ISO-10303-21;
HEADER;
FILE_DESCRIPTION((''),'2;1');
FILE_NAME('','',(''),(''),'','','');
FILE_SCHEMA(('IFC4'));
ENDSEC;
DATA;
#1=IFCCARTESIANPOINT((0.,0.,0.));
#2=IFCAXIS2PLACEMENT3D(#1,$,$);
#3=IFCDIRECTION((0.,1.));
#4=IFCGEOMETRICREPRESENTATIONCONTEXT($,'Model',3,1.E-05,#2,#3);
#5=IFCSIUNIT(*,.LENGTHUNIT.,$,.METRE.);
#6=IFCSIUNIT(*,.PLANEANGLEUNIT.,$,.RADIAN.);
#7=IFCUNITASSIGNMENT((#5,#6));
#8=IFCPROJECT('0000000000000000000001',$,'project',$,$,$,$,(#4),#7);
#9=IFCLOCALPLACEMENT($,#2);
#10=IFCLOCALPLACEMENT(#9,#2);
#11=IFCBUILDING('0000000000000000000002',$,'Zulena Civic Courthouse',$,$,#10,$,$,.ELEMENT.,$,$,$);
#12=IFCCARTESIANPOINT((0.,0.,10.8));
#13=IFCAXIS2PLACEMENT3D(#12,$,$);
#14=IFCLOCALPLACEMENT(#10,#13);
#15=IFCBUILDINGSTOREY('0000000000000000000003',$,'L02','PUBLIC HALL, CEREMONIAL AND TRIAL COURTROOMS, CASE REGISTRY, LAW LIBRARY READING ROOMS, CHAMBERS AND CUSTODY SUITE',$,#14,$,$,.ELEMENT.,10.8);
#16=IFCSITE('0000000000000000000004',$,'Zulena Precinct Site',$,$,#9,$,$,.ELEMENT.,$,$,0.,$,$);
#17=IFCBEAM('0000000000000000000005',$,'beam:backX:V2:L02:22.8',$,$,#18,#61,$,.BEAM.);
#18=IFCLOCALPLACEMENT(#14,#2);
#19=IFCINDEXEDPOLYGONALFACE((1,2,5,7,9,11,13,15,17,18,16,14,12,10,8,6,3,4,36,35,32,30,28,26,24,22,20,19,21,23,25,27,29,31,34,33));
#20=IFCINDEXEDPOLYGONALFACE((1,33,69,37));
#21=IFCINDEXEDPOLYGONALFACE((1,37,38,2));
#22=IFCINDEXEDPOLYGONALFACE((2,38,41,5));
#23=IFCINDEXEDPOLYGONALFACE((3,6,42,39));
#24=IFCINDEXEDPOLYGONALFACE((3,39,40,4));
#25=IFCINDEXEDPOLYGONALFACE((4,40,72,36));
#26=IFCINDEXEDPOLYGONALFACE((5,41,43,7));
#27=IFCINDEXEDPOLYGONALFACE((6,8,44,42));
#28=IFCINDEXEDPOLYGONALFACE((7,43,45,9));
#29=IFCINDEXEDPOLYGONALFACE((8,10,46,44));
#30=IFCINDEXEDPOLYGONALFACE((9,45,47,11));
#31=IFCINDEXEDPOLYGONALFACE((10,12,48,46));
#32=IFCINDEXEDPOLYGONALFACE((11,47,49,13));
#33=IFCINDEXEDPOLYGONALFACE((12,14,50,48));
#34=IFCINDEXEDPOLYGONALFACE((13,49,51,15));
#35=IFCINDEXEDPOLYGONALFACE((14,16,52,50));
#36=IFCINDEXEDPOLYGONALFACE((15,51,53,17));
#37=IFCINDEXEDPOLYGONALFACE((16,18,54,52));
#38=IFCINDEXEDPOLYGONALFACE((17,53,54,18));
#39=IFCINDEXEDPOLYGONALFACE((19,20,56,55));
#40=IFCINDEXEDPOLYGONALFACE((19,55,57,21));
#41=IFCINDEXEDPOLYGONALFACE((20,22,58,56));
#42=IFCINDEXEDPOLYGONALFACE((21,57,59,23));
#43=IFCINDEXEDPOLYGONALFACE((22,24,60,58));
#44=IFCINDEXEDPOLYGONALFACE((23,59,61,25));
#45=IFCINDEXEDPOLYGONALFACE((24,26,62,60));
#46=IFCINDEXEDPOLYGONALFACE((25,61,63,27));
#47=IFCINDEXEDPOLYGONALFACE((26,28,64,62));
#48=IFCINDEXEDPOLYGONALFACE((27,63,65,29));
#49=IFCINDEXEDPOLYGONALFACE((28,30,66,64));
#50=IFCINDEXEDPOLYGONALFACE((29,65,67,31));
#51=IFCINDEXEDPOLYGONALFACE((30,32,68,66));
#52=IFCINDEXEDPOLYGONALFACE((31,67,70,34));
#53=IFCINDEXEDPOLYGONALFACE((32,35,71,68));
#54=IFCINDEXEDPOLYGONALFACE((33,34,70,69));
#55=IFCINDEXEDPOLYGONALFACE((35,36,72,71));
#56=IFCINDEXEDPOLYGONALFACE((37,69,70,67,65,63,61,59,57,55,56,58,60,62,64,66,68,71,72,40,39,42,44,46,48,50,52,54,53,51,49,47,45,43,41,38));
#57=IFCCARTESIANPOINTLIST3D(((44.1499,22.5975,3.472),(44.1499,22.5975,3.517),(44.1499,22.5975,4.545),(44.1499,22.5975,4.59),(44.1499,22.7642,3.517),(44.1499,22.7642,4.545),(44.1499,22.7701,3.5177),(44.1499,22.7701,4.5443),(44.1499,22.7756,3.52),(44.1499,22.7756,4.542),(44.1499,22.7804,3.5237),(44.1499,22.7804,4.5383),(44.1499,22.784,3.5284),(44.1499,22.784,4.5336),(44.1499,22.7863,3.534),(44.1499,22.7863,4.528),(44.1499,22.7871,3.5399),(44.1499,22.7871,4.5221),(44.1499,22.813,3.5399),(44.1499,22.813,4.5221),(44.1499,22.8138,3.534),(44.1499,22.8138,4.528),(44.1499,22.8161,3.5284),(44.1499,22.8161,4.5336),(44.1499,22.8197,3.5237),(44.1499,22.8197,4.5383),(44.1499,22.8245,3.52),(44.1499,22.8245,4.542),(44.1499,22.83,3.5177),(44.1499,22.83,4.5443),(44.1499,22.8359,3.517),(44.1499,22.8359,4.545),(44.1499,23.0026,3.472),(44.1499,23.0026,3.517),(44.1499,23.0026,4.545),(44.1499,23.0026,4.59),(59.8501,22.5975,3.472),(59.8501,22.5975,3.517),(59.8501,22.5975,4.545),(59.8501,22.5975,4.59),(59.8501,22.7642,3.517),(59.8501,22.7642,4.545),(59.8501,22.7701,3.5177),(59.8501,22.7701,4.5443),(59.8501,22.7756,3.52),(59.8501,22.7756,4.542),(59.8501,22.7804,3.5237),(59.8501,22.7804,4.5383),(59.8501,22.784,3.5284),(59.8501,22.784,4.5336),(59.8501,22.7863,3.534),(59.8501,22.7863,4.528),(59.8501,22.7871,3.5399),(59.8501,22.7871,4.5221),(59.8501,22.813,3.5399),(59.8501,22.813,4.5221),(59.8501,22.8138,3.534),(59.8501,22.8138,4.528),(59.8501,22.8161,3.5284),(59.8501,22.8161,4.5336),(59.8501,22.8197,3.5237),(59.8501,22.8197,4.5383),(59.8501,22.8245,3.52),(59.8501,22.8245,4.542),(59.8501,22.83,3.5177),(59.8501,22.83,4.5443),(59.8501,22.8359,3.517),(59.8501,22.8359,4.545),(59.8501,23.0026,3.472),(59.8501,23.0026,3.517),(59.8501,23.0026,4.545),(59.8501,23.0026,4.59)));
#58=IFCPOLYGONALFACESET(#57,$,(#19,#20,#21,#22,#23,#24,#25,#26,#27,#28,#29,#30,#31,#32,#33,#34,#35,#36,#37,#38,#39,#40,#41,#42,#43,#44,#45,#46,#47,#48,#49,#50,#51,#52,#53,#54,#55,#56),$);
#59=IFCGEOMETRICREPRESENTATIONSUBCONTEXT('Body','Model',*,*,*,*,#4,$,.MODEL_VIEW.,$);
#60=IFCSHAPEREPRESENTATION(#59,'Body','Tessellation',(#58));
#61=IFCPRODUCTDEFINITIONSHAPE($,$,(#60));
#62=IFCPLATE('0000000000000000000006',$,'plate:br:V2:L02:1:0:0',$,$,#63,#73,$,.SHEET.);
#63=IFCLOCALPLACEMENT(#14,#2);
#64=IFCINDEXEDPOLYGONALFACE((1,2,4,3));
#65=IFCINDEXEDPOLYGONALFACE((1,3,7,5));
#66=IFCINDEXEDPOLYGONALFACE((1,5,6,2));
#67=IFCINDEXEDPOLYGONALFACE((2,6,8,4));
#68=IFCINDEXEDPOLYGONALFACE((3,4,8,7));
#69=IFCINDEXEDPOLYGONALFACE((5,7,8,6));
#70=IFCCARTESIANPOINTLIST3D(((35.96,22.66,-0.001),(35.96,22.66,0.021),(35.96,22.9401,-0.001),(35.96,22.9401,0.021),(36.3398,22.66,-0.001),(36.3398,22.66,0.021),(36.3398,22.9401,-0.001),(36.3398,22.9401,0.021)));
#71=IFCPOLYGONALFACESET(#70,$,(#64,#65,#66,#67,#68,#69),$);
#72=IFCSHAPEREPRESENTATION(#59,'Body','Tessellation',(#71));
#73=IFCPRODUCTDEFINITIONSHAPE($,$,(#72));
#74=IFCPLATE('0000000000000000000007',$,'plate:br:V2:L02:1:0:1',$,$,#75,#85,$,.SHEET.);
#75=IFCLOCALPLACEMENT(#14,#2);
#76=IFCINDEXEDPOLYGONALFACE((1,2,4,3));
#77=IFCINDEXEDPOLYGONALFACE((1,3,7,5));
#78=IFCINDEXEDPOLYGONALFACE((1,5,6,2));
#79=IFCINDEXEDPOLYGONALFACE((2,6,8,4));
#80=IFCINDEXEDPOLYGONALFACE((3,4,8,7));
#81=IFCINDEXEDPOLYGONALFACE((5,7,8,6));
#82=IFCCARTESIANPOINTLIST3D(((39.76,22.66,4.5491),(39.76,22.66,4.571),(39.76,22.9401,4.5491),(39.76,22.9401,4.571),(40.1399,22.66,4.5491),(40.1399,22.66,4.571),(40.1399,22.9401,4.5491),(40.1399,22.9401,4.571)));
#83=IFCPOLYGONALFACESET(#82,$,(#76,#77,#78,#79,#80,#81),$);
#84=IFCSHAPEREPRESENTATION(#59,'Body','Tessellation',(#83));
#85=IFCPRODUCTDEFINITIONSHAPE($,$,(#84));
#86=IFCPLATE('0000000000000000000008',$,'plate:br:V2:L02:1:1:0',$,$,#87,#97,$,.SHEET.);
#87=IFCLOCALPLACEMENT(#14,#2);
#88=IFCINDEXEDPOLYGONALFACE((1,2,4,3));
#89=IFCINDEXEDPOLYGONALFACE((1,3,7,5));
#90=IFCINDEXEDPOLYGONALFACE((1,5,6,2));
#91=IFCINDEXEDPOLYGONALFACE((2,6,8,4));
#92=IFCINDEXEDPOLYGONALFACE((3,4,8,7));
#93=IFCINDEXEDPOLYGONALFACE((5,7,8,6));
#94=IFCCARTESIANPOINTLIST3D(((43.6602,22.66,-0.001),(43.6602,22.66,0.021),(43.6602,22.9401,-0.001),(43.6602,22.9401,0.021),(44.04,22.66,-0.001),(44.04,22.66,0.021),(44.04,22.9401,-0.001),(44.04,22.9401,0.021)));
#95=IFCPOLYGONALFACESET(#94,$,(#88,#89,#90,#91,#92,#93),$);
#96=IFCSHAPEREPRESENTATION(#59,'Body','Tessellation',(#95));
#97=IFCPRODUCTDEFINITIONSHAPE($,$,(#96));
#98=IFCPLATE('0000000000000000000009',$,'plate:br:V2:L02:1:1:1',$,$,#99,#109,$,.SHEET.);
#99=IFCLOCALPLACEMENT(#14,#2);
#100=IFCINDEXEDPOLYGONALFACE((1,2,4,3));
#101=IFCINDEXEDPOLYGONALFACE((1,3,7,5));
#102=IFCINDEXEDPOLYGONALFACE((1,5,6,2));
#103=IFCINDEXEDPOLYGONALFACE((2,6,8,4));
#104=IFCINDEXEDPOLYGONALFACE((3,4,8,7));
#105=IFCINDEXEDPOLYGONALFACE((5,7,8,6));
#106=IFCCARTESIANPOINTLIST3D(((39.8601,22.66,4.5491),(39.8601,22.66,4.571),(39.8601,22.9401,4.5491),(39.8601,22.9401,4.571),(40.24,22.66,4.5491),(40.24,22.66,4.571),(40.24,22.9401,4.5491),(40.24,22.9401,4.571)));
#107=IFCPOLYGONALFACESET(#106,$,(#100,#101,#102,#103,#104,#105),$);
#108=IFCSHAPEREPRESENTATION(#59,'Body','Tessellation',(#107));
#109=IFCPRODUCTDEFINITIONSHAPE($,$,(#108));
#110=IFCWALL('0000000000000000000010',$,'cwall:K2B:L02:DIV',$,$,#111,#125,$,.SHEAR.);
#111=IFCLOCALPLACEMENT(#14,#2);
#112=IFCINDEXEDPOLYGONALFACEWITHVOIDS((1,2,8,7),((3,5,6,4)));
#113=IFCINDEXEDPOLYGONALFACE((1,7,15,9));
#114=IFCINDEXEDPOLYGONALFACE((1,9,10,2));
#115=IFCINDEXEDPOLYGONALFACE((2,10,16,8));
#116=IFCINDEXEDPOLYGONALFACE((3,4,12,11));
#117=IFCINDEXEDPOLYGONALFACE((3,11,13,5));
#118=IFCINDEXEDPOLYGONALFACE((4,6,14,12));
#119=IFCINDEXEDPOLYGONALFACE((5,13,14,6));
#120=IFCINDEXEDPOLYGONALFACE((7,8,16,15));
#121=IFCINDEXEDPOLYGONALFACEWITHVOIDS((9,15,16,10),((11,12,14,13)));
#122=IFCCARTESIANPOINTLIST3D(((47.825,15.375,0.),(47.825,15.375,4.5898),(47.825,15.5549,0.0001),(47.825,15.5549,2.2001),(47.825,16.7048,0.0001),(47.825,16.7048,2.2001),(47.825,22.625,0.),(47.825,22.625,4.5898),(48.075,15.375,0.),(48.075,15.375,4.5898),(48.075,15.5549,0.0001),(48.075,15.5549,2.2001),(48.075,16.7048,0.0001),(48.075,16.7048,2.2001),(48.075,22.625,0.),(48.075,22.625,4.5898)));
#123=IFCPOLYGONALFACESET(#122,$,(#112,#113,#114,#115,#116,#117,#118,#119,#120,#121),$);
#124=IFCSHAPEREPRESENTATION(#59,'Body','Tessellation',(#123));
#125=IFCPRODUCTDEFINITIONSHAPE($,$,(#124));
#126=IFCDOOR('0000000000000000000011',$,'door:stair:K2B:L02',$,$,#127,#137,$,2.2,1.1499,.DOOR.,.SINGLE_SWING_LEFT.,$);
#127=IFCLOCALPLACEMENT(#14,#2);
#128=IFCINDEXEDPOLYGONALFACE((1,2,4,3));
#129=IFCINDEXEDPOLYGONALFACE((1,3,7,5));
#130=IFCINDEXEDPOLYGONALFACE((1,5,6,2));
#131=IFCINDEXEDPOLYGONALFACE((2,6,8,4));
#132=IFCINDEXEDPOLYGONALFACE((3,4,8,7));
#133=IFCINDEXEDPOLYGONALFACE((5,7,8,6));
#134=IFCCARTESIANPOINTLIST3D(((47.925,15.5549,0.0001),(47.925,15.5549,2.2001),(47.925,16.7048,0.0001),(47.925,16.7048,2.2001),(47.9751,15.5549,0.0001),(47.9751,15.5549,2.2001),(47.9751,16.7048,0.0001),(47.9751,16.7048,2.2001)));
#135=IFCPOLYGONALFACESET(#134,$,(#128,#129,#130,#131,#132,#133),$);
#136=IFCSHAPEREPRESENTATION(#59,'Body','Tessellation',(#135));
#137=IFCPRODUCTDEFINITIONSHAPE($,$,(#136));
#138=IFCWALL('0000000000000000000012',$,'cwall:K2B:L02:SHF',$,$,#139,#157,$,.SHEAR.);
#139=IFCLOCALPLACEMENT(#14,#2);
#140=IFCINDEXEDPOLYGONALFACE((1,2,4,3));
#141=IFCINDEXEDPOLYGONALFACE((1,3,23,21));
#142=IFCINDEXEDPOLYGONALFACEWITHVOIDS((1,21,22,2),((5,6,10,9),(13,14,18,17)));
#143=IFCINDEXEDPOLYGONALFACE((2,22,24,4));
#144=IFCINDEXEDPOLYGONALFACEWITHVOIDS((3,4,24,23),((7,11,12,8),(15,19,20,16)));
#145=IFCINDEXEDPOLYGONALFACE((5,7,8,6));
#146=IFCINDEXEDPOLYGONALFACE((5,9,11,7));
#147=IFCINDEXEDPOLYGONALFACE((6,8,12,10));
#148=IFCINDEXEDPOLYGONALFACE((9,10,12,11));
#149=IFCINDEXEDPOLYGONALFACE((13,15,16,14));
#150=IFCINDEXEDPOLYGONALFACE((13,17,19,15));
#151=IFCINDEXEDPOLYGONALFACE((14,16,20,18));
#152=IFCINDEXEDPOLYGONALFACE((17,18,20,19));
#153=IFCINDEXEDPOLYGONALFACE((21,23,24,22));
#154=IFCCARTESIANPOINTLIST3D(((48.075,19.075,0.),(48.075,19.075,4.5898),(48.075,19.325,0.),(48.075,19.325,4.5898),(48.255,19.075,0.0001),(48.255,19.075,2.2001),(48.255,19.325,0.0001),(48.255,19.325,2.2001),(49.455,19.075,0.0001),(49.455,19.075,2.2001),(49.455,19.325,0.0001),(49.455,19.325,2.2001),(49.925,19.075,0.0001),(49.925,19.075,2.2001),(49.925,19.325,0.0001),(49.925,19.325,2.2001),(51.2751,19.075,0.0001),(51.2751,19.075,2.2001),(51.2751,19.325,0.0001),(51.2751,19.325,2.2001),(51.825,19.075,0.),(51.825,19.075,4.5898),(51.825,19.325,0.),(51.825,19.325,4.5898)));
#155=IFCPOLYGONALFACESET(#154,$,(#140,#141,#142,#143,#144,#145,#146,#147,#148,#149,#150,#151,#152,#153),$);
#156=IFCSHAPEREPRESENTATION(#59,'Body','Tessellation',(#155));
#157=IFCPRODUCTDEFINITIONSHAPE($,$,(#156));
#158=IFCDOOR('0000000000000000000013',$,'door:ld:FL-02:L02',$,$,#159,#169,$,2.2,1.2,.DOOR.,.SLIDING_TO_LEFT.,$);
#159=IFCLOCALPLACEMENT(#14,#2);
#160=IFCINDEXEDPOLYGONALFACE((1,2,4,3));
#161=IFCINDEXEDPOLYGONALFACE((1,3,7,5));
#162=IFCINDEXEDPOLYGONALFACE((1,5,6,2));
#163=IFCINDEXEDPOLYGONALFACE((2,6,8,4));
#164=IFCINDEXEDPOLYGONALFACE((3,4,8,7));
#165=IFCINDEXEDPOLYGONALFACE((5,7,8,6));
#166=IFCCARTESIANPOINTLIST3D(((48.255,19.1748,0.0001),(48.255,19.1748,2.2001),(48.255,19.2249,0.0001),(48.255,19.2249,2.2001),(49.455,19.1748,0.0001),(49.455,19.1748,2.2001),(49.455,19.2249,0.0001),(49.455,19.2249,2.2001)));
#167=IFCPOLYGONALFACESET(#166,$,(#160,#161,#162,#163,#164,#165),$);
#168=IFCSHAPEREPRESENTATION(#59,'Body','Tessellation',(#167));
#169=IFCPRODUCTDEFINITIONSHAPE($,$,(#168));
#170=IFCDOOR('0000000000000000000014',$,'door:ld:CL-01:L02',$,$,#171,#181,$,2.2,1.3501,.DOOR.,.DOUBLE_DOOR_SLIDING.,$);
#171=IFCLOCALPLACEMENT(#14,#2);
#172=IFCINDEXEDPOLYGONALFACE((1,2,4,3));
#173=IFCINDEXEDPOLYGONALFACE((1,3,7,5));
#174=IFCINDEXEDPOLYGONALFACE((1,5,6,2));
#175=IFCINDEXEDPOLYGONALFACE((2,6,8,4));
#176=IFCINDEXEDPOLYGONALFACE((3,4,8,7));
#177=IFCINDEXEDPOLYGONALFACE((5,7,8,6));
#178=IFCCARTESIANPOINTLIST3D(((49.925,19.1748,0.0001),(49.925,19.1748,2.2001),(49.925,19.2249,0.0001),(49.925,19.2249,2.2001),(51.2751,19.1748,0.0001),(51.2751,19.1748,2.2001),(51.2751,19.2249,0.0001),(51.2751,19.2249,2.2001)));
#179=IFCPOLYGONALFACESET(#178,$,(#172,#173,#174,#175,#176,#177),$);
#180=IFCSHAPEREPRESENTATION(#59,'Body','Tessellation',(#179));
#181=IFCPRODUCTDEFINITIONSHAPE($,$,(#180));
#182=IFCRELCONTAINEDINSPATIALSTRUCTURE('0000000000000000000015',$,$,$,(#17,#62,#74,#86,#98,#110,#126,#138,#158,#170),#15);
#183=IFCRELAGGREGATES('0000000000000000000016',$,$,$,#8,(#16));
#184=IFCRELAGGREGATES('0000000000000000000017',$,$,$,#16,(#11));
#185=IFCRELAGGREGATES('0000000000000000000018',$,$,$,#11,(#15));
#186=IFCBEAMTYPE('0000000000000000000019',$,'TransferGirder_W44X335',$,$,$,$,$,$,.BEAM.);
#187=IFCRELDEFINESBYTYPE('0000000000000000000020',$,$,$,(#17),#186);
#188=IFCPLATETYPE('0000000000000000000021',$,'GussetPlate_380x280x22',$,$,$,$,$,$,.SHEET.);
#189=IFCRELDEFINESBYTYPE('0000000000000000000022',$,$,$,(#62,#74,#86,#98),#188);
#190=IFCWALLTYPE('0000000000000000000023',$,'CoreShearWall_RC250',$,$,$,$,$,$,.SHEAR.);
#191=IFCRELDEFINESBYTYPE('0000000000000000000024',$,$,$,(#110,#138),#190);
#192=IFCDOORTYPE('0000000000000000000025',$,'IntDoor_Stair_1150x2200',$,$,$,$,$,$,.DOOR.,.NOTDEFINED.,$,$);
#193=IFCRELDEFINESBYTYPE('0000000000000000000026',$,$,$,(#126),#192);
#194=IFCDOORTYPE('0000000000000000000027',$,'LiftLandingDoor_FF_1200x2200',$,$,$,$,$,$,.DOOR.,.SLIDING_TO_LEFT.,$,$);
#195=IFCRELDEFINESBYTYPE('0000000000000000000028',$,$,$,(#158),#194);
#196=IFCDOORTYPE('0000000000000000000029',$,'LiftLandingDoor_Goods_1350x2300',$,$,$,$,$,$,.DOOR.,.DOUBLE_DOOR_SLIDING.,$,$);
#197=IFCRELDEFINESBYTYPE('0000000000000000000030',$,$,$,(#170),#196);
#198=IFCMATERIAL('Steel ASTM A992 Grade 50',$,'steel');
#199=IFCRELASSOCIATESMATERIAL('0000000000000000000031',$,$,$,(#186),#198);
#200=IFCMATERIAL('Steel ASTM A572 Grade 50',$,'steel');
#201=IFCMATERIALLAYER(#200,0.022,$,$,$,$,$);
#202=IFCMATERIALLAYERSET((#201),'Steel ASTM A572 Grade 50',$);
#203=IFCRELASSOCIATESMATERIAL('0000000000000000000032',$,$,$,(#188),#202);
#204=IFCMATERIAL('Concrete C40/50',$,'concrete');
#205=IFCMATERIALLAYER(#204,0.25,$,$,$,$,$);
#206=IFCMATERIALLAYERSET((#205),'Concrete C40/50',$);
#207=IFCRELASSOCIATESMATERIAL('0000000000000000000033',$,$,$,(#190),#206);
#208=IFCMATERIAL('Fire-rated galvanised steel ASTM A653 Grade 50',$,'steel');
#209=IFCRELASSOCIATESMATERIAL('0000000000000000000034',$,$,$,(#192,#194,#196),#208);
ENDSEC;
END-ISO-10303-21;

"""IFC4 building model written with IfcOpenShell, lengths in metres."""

from ifc_helpers import new_model, si_unit, direction, frame, frame_2d, origin, origin_2d, place, context, subcontext, project, spatial, rectangle, i_section, extrude, material, layer, layer_set, material_profile, profile_set, type_object, element, fill, save


model = new_model("IFC4")

# Units and contexts
model_context = context("Model", 3, precision=1e-05, world=origin(), true_north=direction((0.0, 1.0)))
body_context = subcontext(model_context, "Body", "Model", "MODEL_VIEW")
ifc_project = project(units=[si_unit("LENGTHUNIT", "METRE"), si_unit("PLANEANGLEUNIT", "RADIAN")], contexts=[model_context])

# Site, building, storey
site_placement = place(None, origin())
site = spatial("IfcSite", under=ifc_project, at=site_placement, Name="Zulena Precinct Site", CompositionType="ELEMENT", RefElevation=0.0)
building_placement = place(site_placement, origin())
building = spatial("IfcBuilding", under=site, at=building_placement, Name="Zulena Civic Courthouse", CompositionType="ELEMENT")
storey_placement = place(building_placement, frame((0.0, 0.0, 10.8)))
storey = spatial("IfcBuildingStorey", under=building, at=storey_placement, Name="L02", Description="PUBLIC HALL, CEREMONIAL AND TRIAL COURTROOMS, CASE REGISTRY, LAW LIBRARY READING ROOMS, CHAMBERS AND CUSTODY SUITE", CompositionType="ELEMENT", Elevation=10.8)

# Shared definitions
ifc_material_1 = material(Name="Steel ASTM A992 Grade 50", Category="steel")

# Beam
ifc_material_profile_1 = material_profile(ifc_material_1, i_section(OverallWidth=0.405, OverallDepth=1.1179, WebThickness=0.0259, FlangeThickness=0.0449, FilletRadius=0.0229, at=origin_2d()), Name="W44X335")
ifc_profile_set_1 = profile_set([ifc_material_profile_1], Name="Steel ASTM A992 Grade 50")
beam_type_1 = type_object("IfcBeamType", Name="TransferGirder_W44X335", PredefinedType="BEAM", material=ifc_profile_set_1)
beam_1_placement = place(storey_placement, frame((44.1499, 22.8, 4.031), z_axis=(1.0, 0.0, 0.0), x_axis=(0.0, 1.0, 0.0)))
element("IfcBeam", 1, at=beam_1_placement, inside=storey, type_object=beam_type_1, Name="beam:backX:V2:L02:22.8", PredefinedType="BEAM", context=body_context, shape_type="SweptSolid", body=[
    extrude(i_section(OverallWidth=0.405, OverallDepth=1.1179, WebThickness=0.0259, FlangeThickness=0.0449, FilletRadius=0.0229, at=origin_2d()), origin(), (0.0, 0.0, 1.0), 15.7002),
])

# Plates
ifc_material_2 = material(Name="Steel ASTM A572 Grade 50", Category="steel")
ifc_layer_1 = layer(ifc_material_2, 0.022)
ifc_layer_set_1 = layer_set([ifc_layer_1], Name="Steel ASTM A572 Grade 50")
plate_type = type_object("IfcPlateType", Name="GussetPlate_380x280x22", PredefinedType="SHEET", material=ifc_layer_set_1)
for number, where, z_axis, x_axis, name in (
    (2, (36.1499, 22.8, -0.001), (0.0, 0.0, 1.0), (1.0, 0.0, 0.0), "plate:br:V2:L02:1:0:0"),
    (3, (39.95, 22.8, 4.5491), (0.0, 0.0, 1.0), (1.0, 0.0, 0.0), "plate:br:V2:L02:1:0:1"),
    (4, (43.8501, 22.8, -0.001), (0.0, 0.0, 1.0), (1.0, 0.0, 0.0), "plate:br:V2:L02:1:1:0"),
    (5, (40.05, 22.8, 4.5491), (0.0, 0.0, 1.0), (1.0, 0.0, 0.0), "plate:br:V2:L02:1:1:1"),
):
    element("IfcPlate", number, at=place(storey_placement, frame(where, z_axis=z_axis, x_axis=x_axis)), inside=storey, type_object=plate_type, Name=name, PredefinedType="SHEET", context=body_context, shape_type="SweptSolid", body=[
        extrude(rectangle(XDim=0.3799, YDim=0.28, at=origin_2d()), origin(), (0.0, 0.0, 1.0), 0.022),
    ])

# Wall, opening, door
ifc_material_3 = material(Name="Concrete C40/50", Category="concrete")
ifc_layer_2 = layer(ifc_material_3, 0.25)
ifc_layer_set_2 = layer_set([ifc_layer_2], Name="Concrete C40/50")
wall_type_1 = type_object("IfcWallType", Name="CoreShearWall_RC250", PredefinedType="SHEAR", material=ifc_layer_set_2)
wall_1_placement = place(storey_placement, frame((47.95, 15.375, 0.0), z_axis=(0.0, 0.0, 1.0), x_axis=(0.0, 1.0, 0.0)))
wall_1 = element("IfcWall", 6, at=wall_1_placement, inside=storey, type_object=wall_type_1, Name="cwall:K2B:L02:DIV", PredefinedType="SHEAR", context=body_context, shape_type="SweptSolid", body=[
    extrude(rectangle(XDim=7.25, YDim=0.25, at=frame_2d((3.625, 0.0))), origin(), (0.0, 0.0, 1.0), 4.5898),
])
opening_1_placement = place(wall_1_placement, frame((0.1799, 0.0, 0.0)))
opening_1 = element("IfcOpeningElement", 7, at=opening_1_placement, cuts=wall_1, PredefinedType="OPENING", context=body_context, shape_type="SweptSolid", body=[
    extrude(rectangle(XDim=1.1499, YDim=2.2, at=frame_2d((0.575, 1.1001))), frame((0.0, 0.135, 0.0), z_axis=(0.0, -1.0, 0.0), x_axis=(1.0, 0.0, 0.0)), (0.0, 0.0, 1.0), 0.27),
])
ifc_material_4 = material(Name="Fire-rated galvanised steel ASTM A653 Grade 50", Category="steel")
door_type_1 = type_object("IfcDoorType", Name="IntDoor_Stair_1150x2200", OperationType="NOTDEFINED", PredefinedType="DOOR", material=ifc_material_4)
door_1_placement = place(opening_1_placement, origin())
door_1 = element("IfcDoor", 8, at=door_1_placement, inside=storey, type_object=door_type_1, Name="door:stair:K2B:L02", OperationType="SINGLE_SWING_LEFT", OverallHeight=2.2, OverallWidth=1.1499, PredefinedType="DOOR", context=body_context, shape_type="SweptSolid", body=[
    extrude(rectangle(XDim=1.1499, YDim=2.2, at=frame_2d((0.575, 1.1001))), frame((0.0, 0.0249, 0.0), z_axis=(0.0, -1.0, 0.0), x_axis=(1.0, 0.0, 0.0)), (0.0, 0.0, 1.0), 0.05),
])
fill(opening_1, door_1)

# Wall, openings, doors
wall_2_placement = place(storey_placement, frame((48.075, 19.2, 0.0), z_axis=(0.0, 0.0, 1.0), x_axis=(1.0, 0.0, 0.0)))
wall_2 = element("IfcWall", 9, at=wall_2_placement, inside=storey, type_object=wall_type_1, Name="cwall:K2B:L02:SHF", PredefinedType="SHEAR", context=body_context, shape_type="SweptSolid", body=[
    extrude(rectangle(XDim=3.75, YDim=0.25, at=frame_2d((1.875, 0.0))), origin(), (0.0, 0.0, 1.0), 4.5898),
])
opening_2_placement = place(wall_2_placement, frame((0.1799, 0.0, 0.0)))
opening_2 = element("IfcOpeningElement", 10, at=opening_2_placement, cuts=wall_2, PredefinedType="OPENING", context=body_context, shape_type="SweptSolid", body=[
    extrude(rectangle(XDim=1.2, YDim=2.2, at=frame_2d((0.6001, 1.1001))), frame((0.0, 0.135, 0.0), z_axis=(0.0, -1.0, 0.0), x_axis=(1.0, 0.0, 0.0)), (0.0, 0.0, 1.0), 0.27),
])
opening_3_placement = place(wall_2_placement, frame((1.8501, 0.0, 0.0)))
opening_3 = element("IfcOpeningElement", 11, at=opening_3_placement, cuts=wall_2, PredefinedType="OPENING", context=body_context, shape_type="SweptSolid", body=[
    extrude(rectangle(XDim=1.3501, YDim=2.2, at=frame_2d((0.675, 1.1001))), frame((0.0, 0.135, 0.0), z_axis=(0.0, -1.0, 0.0), x_axis=(1.0, 0.0, 0.0)), (0.0, 0.0, 1.0), 0.27),
])
door_type_2 = type_object("IfcDoorType", Name="LiftLandingDoor_FF_1200x2200", OperationType="SLIDING_TO_LEFT", PredefinedType="DOOR", material=ifc_material_4)
door_2_placement = place(opening_2_placement, origin())
door_2 = element("IfcDoor", 12, at=door_2_placement, inside=storey, type_object=door_type_2, Name="door:ld:FL-02:L02", OperationType="SLIDING_TO_LEFT", OverallHeight=2.2, OverallWidth=1.2, PredefinedType="DOOR", context=body_context, shape_type="SweptSolid", body=[
    extrude(rectangle(XDim=1.2, YDim=2.2, at=frame_2d((0.6001, 1.1001))), frame((0.0, 0.0249, 0.0), z_axis=(0.0, -1.0, 0.0), x_axis=(1.0, 0.0, 0.0)), (0.0, 0.0, 1.0), 0.05),
])
fill(opening_2, door_2)
door_type_3 = type_object("IfcDoorType", Name="LiftLandingDoor_Goods_1350x2300", OperationType="DOUBLE_DOOR_SLIDING", PredefinedType="DOOR", material=ifc_material_4)
door_3_placement = place(opening_3_placement, origin())
door_3 = element("IfcDoor", 13, at=door_3_placement, inside=storey, type_object=door_type_3, Name="door:ld:CL-01:L02", OperationType="DOUBLE_DOOR_SLIDING", OverallHeight=2.2, OverallWidth=1.3501, PredefinedType="DOOR", context=body_context, shape_type="SweptSolid", body=[
    extrude(rectangle(XDim=1.3501, YDim=2.2, at=frame_2d((0.675, 1.1001))), frame((0.0, 0.0249, 0.0), z_axis=(0.0, -1.0, 0.0), x_axis=(1.0, 0.0, 0.0)), (0.0, 0.0, 1.0), 0.05),
])
fill(opening_3, door_3)

save(model, "model.ifc")
